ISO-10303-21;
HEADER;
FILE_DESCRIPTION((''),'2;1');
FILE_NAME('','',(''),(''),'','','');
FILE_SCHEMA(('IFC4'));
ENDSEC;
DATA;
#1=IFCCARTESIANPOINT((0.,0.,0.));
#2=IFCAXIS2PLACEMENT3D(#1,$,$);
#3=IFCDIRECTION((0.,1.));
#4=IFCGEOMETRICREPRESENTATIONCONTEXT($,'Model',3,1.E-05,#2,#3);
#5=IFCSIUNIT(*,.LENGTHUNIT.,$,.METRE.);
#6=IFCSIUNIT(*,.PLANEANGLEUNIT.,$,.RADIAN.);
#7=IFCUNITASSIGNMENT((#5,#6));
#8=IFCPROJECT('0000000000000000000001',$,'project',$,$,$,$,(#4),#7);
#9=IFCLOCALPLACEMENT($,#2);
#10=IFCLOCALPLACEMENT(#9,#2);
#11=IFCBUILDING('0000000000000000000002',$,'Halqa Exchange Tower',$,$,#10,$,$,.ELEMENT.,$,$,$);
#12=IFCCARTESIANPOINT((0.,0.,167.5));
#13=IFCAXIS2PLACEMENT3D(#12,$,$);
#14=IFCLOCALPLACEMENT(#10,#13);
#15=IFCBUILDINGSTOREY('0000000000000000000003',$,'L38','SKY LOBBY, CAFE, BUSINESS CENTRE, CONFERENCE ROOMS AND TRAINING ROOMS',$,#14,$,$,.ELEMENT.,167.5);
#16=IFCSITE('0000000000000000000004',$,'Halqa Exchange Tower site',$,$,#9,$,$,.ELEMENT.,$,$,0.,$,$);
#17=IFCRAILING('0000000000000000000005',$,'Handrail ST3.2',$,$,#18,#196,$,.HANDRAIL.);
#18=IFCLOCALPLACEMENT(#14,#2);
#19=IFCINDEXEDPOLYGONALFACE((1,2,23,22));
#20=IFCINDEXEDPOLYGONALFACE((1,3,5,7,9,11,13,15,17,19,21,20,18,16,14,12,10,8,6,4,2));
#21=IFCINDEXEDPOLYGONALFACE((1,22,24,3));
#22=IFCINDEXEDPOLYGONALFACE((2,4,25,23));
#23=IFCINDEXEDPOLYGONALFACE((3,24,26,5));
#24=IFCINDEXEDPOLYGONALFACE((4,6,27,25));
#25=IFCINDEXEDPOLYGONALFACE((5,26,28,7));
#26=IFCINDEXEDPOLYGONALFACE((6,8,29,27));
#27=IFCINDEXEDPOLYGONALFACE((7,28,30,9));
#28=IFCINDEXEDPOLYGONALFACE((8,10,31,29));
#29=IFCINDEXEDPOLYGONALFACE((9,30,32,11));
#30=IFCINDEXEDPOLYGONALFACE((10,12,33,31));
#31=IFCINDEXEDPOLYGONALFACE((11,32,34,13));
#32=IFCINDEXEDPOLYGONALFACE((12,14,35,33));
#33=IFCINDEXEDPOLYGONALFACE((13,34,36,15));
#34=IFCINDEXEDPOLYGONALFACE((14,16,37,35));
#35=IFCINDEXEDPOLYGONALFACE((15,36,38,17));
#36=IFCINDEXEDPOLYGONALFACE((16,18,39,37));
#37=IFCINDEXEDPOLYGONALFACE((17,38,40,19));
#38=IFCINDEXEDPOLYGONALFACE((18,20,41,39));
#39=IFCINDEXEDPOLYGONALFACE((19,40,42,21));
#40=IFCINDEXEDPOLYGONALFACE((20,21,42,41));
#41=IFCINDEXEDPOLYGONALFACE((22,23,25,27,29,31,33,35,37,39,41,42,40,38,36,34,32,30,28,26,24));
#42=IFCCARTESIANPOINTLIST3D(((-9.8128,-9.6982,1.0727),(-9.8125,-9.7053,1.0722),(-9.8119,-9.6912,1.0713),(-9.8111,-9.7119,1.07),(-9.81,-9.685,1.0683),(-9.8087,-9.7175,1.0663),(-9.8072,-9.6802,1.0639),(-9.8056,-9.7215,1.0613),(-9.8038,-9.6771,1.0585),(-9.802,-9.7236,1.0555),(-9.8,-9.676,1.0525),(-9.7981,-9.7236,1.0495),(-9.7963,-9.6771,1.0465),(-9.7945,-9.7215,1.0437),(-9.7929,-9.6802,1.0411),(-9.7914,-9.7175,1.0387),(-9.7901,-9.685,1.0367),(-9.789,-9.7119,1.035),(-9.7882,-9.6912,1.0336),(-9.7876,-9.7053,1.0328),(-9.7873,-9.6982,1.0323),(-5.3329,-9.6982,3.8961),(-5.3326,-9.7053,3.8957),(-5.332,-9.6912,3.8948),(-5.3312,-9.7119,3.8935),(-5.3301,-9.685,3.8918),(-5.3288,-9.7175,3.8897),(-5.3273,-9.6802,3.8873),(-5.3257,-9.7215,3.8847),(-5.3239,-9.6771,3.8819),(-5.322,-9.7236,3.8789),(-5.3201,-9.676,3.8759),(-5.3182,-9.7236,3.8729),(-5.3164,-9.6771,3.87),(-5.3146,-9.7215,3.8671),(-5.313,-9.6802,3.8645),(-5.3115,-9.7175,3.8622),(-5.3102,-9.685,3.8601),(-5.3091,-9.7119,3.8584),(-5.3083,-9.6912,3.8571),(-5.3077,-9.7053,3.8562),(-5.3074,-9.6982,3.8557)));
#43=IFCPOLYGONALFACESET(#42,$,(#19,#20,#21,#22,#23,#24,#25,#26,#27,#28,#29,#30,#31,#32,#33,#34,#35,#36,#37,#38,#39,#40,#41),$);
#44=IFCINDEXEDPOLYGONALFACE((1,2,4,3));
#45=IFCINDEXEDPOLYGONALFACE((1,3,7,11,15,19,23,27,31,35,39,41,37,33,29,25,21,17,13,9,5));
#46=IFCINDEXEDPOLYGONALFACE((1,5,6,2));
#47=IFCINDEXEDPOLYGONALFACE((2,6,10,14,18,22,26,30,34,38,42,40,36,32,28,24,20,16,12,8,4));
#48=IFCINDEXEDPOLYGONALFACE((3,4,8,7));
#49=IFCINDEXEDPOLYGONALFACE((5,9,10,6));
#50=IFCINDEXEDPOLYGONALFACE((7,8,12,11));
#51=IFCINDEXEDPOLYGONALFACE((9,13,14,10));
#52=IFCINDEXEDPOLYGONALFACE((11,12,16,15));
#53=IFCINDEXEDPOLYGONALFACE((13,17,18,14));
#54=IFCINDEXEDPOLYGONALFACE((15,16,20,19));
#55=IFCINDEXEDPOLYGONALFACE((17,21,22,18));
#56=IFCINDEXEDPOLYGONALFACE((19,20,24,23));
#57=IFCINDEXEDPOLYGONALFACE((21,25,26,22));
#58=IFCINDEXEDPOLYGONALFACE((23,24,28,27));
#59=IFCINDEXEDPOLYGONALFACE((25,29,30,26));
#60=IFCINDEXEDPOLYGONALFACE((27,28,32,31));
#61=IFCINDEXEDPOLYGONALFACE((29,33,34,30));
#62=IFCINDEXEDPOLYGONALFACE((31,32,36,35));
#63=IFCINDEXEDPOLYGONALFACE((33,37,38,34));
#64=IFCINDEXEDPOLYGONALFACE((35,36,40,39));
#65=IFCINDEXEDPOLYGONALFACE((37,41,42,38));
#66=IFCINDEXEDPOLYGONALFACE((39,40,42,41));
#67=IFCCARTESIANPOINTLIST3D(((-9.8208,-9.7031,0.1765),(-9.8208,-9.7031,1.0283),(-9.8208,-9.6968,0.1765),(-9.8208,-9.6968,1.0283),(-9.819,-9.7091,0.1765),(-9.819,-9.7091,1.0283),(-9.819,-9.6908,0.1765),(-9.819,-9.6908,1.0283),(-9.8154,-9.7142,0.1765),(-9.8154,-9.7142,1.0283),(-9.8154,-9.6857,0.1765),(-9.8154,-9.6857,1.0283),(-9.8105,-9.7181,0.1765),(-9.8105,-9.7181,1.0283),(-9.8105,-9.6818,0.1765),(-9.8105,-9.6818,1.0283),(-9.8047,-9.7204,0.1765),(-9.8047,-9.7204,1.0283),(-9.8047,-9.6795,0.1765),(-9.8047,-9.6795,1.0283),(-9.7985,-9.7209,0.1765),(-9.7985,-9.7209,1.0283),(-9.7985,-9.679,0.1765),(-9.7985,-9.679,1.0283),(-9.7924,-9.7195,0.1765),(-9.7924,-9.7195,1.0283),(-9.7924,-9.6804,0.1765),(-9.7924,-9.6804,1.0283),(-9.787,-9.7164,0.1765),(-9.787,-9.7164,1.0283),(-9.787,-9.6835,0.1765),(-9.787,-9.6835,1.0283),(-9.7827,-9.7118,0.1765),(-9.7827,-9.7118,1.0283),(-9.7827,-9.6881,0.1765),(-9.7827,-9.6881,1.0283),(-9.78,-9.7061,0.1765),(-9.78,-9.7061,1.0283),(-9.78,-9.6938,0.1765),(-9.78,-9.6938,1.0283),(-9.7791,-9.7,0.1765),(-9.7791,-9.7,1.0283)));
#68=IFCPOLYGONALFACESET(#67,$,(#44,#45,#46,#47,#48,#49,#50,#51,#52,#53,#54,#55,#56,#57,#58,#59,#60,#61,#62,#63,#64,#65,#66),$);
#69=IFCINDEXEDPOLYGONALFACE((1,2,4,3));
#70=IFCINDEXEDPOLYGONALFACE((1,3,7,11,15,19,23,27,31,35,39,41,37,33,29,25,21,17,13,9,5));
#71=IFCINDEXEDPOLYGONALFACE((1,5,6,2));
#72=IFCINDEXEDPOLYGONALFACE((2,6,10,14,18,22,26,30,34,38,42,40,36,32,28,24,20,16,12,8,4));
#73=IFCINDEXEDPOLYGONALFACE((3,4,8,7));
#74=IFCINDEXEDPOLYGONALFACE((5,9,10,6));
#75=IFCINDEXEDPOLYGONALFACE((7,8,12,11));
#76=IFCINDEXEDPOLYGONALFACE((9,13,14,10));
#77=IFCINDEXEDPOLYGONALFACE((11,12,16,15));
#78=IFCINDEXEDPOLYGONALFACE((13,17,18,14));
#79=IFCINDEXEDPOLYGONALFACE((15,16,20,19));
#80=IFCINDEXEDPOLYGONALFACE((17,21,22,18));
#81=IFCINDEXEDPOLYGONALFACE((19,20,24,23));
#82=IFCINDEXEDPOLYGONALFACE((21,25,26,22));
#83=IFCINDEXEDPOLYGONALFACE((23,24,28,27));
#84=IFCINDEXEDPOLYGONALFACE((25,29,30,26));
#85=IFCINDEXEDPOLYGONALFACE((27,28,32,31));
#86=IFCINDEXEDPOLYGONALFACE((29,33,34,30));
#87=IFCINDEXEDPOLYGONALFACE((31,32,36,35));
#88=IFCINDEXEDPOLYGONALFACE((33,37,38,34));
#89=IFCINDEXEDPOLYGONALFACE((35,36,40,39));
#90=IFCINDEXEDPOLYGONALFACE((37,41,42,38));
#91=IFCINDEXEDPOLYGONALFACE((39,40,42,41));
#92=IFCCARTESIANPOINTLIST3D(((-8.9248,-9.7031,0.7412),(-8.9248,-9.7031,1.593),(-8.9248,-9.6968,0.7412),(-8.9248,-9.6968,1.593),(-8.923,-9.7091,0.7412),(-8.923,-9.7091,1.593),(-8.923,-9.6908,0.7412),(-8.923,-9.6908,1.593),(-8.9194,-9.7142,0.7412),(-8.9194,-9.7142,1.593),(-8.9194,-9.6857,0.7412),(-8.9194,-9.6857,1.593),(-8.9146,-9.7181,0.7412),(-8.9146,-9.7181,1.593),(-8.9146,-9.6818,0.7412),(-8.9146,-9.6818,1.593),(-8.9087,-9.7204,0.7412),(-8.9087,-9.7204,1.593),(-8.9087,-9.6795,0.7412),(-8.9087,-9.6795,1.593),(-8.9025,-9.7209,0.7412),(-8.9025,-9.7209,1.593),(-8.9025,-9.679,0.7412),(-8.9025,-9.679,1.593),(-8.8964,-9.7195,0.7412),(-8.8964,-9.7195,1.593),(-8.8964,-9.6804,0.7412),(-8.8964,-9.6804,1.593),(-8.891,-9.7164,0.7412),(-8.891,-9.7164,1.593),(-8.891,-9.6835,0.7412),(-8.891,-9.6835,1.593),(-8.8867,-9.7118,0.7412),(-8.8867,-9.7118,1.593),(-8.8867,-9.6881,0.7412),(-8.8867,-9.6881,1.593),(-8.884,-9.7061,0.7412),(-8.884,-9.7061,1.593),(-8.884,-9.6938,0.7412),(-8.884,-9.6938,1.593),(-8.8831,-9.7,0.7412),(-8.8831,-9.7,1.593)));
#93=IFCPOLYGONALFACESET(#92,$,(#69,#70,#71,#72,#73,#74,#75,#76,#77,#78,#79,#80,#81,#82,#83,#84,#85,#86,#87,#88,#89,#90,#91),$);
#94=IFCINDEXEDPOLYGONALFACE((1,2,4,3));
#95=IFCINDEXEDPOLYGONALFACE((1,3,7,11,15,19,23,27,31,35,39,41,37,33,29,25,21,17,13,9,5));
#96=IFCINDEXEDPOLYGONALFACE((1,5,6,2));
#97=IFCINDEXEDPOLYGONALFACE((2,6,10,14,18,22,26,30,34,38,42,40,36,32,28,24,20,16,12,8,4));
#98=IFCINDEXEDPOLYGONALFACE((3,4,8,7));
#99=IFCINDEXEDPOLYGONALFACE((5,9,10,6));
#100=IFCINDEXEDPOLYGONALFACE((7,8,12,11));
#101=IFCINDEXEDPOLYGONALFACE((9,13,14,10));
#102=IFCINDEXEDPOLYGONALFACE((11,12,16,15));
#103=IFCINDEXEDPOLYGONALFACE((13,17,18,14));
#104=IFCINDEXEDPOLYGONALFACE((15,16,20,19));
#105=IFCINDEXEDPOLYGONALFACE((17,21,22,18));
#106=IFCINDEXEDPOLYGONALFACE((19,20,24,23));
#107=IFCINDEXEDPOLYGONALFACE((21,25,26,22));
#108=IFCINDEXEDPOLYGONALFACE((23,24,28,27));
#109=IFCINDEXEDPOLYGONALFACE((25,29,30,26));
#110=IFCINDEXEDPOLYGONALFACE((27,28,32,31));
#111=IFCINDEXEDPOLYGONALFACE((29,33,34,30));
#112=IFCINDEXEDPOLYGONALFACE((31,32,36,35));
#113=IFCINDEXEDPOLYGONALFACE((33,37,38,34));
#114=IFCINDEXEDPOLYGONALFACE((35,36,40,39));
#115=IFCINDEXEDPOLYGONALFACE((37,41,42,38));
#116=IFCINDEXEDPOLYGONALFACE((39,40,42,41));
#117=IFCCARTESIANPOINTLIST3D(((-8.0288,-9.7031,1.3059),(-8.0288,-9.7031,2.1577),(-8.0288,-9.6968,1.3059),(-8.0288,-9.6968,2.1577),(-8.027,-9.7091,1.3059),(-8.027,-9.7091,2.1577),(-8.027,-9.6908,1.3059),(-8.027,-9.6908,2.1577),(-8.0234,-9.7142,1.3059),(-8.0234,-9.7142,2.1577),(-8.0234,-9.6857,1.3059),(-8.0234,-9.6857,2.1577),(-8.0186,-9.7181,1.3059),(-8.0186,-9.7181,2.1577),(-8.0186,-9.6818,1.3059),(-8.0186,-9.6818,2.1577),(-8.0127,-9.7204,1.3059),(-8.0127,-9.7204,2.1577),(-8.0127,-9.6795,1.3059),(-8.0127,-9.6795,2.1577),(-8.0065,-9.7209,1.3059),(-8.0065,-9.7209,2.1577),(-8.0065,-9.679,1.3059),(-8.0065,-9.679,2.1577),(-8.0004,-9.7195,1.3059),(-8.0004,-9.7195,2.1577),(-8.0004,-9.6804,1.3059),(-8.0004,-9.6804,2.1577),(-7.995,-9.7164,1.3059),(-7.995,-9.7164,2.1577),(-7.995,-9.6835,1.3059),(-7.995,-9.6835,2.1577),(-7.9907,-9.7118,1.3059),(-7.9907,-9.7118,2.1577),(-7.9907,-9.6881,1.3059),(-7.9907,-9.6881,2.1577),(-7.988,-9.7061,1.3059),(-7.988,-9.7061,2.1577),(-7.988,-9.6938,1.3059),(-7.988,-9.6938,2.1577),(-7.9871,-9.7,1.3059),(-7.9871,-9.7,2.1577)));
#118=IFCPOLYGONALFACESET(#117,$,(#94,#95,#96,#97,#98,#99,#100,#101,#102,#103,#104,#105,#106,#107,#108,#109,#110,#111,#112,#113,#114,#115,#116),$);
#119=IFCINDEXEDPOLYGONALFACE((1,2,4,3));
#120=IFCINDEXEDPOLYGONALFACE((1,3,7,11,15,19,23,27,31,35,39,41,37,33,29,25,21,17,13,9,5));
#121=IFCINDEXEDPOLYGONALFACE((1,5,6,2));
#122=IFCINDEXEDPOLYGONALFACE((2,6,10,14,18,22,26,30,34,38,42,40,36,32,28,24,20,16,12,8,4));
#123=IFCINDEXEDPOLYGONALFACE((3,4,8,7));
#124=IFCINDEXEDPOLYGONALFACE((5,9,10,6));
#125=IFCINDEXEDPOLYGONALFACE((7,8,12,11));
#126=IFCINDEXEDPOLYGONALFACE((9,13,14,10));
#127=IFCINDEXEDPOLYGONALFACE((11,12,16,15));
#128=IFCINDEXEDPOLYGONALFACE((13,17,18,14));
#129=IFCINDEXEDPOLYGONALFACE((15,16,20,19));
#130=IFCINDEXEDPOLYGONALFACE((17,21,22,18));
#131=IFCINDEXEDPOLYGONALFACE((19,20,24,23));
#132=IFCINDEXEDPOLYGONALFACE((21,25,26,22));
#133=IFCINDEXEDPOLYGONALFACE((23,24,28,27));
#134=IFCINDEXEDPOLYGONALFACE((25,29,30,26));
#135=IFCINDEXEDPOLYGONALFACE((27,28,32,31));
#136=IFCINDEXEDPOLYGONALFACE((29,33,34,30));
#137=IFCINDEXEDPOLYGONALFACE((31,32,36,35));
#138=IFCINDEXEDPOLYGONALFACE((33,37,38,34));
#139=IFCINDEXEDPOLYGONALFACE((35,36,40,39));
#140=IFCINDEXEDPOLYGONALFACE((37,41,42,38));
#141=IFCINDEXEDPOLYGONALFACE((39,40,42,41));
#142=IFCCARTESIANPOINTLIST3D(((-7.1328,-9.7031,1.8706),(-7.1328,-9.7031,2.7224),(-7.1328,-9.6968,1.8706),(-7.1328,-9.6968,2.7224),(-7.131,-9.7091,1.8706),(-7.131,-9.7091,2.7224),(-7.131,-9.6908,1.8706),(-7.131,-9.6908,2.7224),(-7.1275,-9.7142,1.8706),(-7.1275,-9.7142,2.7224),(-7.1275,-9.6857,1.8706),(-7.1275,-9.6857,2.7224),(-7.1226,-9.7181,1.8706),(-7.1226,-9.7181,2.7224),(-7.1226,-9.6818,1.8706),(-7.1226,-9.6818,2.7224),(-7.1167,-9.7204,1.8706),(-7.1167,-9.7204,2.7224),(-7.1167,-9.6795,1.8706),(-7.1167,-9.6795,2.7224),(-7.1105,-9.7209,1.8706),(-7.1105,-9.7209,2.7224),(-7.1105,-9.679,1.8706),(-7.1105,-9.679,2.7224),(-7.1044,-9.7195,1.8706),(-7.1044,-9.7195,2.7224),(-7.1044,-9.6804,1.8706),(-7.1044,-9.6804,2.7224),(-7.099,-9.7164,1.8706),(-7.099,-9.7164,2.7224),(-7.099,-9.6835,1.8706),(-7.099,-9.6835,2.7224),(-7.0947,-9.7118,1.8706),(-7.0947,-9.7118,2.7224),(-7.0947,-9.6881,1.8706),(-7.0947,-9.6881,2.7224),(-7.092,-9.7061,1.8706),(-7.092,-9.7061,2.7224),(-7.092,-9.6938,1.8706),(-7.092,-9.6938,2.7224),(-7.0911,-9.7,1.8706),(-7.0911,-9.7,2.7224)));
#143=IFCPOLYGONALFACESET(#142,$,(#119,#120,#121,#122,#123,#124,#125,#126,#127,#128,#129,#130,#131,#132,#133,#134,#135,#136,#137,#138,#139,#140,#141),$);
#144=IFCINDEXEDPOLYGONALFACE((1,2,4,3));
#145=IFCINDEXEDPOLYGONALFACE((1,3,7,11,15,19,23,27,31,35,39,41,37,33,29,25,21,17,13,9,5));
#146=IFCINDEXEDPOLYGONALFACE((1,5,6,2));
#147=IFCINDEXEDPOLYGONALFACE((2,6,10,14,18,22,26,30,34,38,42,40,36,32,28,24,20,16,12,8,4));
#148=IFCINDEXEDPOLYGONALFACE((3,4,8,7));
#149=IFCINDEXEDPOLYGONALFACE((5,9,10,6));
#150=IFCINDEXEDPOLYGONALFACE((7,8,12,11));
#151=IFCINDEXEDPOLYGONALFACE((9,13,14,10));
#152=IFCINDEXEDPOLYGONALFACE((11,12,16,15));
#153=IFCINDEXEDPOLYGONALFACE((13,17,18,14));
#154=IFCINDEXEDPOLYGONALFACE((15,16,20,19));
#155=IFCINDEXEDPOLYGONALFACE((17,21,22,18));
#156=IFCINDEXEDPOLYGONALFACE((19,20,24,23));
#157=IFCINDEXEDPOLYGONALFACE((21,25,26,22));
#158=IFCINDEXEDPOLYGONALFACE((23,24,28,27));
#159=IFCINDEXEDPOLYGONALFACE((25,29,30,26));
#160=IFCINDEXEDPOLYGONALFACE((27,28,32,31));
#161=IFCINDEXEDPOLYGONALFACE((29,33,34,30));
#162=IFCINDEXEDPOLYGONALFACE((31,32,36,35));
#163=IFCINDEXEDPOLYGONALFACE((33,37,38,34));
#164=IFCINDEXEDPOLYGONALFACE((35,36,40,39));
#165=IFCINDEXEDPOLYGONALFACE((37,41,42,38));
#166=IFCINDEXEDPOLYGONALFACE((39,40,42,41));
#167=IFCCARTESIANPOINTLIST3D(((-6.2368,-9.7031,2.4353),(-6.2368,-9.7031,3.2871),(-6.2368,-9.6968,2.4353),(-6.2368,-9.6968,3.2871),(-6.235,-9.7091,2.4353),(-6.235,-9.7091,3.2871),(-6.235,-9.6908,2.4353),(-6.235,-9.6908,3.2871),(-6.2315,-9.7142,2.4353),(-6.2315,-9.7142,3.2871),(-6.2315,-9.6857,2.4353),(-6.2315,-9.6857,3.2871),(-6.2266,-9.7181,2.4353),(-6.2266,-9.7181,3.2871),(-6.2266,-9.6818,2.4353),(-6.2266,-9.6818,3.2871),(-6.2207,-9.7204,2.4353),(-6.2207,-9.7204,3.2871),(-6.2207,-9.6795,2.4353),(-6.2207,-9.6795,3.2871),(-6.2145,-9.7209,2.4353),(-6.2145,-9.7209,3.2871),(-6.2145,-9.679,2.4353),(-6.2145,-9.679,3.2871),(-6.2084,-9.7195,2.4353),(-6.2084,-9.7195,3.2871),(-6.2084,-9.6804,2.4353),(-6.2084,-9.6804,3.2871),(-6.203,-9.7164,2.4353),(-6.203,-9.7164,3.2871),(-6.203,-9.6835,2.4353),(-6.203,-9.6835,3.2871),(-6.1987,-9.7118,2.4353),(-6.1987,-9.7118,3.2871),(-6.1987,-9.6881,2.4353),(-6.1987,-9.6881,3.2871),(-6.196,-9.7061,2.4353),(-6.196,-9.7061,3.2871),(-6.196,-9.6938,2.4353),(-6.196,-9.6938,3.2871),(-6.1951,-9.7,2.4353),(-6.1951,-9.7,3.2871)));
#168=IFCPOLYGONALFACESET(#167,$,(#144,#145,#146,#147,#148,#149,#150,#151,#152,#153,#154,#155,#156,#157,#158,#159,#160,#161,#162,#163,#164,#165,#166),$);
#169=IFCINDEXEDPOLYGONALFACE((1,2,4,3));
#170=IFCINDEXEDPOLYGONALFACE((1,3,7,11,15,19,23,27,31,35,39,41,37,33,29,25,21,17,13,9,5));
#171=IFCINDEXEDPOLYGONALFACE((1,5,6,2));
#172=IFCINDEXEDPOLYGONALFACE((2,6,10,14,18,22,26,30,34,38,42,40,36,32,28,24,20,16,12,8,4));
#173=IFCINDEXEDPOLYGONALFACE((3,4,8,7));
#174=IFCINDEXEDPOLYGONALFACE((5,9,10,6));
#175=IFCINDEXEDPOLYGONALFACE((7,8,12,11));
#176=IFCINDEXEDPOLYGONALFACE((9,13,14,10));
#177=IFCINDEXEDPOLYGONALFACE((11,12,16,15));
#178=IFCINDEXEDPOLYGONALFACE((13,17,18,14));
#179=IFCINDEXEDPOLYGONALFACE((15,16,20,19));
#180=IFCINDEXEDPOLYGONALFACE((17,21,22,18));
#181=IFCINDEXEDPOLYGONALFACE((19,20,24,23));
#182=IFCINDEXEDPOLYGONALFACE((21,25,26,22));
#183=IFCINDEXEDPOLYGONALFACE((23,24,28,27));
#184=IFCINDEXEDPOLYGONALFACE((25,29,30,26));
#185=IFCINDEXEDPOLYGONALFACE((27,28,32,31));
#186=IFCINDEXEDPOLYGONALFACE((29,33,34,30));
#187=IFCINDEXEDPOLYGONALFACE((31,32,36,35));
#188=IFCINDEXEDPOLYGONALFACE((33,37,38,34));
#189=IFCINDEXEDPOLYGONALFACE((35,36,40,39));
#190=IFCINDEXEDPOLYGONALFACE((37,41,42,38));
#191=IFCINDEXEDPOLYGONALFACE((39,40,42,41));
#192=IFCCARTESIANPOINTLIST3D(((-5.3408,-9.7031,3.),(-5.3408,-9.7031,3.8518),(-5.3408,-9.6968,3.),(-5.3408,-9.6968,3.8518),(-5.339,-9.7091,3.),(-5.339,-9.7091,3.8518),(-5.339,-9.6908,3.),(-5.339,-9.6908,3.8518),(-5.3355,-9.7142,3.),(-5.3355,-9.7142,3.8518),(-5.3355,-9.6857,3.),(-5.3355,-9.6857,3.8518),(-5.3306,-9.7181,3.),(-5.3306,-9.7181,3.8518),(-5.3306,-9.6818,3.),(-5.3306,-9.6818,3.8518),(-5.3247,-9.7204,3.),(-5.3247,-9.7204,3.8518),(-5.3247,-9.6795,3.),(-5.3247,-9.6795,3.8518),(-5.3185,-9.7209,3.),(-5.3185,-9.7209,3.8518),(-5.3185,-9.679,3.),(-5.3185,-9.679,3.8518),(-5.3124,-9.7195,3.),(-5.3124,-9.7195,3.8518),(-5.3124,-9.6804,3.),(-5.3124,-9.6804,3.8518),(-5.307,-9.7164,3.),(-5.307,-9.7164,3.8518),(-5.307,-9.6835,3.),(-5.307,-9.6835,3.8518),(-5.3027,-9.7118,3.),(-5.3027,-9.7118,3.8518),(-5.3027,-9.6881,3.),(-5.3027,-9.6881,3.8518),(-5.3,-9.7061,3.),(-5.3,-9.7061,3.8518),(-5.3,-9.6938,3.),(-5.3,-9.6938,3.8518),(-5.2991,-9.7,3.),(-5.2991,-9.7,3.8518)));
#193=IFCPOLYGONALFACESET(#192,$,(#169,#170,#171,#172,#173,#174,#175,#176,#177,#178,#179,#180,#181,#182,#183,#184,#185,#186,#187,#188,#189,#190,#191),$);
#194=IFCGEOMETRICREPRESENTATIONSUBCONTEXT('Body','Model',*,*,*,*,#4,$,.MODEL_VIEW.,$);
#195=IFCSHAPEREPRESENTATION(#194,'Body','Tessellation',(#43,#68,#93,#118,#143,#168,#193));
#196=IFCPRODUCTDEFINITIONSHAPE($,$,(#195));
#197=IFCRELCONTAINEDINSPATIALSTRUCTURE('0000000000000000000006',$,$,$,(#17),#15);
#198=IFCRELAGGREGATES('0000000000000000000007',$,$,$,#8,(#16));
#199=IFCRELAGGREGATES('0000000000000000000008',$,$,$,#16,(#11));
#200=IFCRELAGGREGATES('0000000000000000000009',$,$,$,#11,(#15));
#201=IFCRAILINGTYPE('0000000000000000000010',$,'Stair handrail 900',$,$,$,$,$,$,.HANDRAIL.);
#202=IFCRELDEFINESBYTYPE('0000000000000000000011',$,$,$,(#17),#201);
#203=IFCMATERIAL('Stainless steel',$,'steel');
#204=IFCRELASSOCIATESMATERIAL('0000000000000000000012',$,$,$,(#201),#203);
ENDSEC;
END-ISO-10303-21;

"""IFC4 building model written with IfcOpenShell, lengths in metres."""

from ifc_helpers import new_model, si_unit, direction, frame, origin, origin_2d, place, context, subcontext, project, spatial, circle, extrude, material, type_object, element, save


model = new_model("IFC4")

# Units and contexts
model_context = context("Model", 3, precision=1e-05, world=origin(), true_north=direction((0.0, 1.0)))
body_context = subcontext(model_context, "Body", "Model", "MODEL_VIEW")
ifc_project = project(units=[si_unit("LENGTHUNIT", "METRE"), si_unit("PLANEANGLEUNIT", "RADIAN")], contexts=[model_context])

# Site, building, storey
site_placement = place(None, origin())
site = spatial("IfcSite", under=ifc_project, at=site_placement, Name="Halqa Exchange Tower site", CompositionType="ELEMENT", RefElevation=0.0)
building_placement = place(site_placement, origin())
building = spatial("IfcBuilding", under=site, at=building_placement, Name="Halqa Exchange Tower", CompositionType="ELEMENT")
storey_placement = place(building_placement, frame((0.0, 0.0, 167.5)))
storey = spatial("IfcBuildingStorey", under=building, at=storey_placement, Name="L38", Description="SKY LOBBY, CAFE, BUSINESS CENTRE, CONFERENCE ROOMS AND TRAINING ROOMS", CompositionType="ELEMENT", Elevation=167.5)

# Railing
ifc_material_1 = material(Name="Stainless steel", Category="steel")
railing_type_1 = type_object("IfcRailingType", Name="Stair handrail 900", PredefinedType="HANDRAIL", material=ifc_material_1)
railing_1_placement = place(storey_placement, frame((-9.8, -9.7, 0.1765)))
element("IfcRailing", 1, at=railing_1_placement, inside=storey, type_object=railing_type_1, Name="Handrail ST3.2", PredefinedType="HANDRAIL", context=body_context, shape_type="SweptSolid", body=[
    extrude(circle(Radius=0.0239, at=origin_2d()), frame((0.0, 0.0, 0.876), z_axis=(0.845998, 0.0, 0.533186), x_axis=(0.0, 1.0, 0.0)), (0.0, 0.0, 1.0), 5.2954),
    extrude(circle(Radius=0.021, at=origin_2d()), origin(), (0.0, 0.0, 1.0), 0.8518),
    extrude(circle(Radius=0.021, at=origin_2d()), frame((0.896, 0.0, 0.5647)), (0.0, 0.0, 1.0), 0.8518),
    extrude(circle(Radius=0.021, at=origin_2d()), frame((1.792, 0.0, 1.1294)), (0.0, 0.0, 1.0), 0.8518),
    extrude(circle(Radius=0.021, at=origin_2d()), frame((2.688, 0.0, 1.6941)), (0.0, 0.0, 1.0), 0.8518),
    extrude(circle(Radius=0.021, at=origin_2d()), frame((3.584, 0.0, 2.2588)), (0.0, 0.0, 1.0), 0.8518),
    extrude(circle(Radius=0.021, at=origin_2d()), frame((4.48, 0.0, 2.8235)), (0.0, 0.0, 1.0), 0.8518),
])

save(model, "model.ifc")
